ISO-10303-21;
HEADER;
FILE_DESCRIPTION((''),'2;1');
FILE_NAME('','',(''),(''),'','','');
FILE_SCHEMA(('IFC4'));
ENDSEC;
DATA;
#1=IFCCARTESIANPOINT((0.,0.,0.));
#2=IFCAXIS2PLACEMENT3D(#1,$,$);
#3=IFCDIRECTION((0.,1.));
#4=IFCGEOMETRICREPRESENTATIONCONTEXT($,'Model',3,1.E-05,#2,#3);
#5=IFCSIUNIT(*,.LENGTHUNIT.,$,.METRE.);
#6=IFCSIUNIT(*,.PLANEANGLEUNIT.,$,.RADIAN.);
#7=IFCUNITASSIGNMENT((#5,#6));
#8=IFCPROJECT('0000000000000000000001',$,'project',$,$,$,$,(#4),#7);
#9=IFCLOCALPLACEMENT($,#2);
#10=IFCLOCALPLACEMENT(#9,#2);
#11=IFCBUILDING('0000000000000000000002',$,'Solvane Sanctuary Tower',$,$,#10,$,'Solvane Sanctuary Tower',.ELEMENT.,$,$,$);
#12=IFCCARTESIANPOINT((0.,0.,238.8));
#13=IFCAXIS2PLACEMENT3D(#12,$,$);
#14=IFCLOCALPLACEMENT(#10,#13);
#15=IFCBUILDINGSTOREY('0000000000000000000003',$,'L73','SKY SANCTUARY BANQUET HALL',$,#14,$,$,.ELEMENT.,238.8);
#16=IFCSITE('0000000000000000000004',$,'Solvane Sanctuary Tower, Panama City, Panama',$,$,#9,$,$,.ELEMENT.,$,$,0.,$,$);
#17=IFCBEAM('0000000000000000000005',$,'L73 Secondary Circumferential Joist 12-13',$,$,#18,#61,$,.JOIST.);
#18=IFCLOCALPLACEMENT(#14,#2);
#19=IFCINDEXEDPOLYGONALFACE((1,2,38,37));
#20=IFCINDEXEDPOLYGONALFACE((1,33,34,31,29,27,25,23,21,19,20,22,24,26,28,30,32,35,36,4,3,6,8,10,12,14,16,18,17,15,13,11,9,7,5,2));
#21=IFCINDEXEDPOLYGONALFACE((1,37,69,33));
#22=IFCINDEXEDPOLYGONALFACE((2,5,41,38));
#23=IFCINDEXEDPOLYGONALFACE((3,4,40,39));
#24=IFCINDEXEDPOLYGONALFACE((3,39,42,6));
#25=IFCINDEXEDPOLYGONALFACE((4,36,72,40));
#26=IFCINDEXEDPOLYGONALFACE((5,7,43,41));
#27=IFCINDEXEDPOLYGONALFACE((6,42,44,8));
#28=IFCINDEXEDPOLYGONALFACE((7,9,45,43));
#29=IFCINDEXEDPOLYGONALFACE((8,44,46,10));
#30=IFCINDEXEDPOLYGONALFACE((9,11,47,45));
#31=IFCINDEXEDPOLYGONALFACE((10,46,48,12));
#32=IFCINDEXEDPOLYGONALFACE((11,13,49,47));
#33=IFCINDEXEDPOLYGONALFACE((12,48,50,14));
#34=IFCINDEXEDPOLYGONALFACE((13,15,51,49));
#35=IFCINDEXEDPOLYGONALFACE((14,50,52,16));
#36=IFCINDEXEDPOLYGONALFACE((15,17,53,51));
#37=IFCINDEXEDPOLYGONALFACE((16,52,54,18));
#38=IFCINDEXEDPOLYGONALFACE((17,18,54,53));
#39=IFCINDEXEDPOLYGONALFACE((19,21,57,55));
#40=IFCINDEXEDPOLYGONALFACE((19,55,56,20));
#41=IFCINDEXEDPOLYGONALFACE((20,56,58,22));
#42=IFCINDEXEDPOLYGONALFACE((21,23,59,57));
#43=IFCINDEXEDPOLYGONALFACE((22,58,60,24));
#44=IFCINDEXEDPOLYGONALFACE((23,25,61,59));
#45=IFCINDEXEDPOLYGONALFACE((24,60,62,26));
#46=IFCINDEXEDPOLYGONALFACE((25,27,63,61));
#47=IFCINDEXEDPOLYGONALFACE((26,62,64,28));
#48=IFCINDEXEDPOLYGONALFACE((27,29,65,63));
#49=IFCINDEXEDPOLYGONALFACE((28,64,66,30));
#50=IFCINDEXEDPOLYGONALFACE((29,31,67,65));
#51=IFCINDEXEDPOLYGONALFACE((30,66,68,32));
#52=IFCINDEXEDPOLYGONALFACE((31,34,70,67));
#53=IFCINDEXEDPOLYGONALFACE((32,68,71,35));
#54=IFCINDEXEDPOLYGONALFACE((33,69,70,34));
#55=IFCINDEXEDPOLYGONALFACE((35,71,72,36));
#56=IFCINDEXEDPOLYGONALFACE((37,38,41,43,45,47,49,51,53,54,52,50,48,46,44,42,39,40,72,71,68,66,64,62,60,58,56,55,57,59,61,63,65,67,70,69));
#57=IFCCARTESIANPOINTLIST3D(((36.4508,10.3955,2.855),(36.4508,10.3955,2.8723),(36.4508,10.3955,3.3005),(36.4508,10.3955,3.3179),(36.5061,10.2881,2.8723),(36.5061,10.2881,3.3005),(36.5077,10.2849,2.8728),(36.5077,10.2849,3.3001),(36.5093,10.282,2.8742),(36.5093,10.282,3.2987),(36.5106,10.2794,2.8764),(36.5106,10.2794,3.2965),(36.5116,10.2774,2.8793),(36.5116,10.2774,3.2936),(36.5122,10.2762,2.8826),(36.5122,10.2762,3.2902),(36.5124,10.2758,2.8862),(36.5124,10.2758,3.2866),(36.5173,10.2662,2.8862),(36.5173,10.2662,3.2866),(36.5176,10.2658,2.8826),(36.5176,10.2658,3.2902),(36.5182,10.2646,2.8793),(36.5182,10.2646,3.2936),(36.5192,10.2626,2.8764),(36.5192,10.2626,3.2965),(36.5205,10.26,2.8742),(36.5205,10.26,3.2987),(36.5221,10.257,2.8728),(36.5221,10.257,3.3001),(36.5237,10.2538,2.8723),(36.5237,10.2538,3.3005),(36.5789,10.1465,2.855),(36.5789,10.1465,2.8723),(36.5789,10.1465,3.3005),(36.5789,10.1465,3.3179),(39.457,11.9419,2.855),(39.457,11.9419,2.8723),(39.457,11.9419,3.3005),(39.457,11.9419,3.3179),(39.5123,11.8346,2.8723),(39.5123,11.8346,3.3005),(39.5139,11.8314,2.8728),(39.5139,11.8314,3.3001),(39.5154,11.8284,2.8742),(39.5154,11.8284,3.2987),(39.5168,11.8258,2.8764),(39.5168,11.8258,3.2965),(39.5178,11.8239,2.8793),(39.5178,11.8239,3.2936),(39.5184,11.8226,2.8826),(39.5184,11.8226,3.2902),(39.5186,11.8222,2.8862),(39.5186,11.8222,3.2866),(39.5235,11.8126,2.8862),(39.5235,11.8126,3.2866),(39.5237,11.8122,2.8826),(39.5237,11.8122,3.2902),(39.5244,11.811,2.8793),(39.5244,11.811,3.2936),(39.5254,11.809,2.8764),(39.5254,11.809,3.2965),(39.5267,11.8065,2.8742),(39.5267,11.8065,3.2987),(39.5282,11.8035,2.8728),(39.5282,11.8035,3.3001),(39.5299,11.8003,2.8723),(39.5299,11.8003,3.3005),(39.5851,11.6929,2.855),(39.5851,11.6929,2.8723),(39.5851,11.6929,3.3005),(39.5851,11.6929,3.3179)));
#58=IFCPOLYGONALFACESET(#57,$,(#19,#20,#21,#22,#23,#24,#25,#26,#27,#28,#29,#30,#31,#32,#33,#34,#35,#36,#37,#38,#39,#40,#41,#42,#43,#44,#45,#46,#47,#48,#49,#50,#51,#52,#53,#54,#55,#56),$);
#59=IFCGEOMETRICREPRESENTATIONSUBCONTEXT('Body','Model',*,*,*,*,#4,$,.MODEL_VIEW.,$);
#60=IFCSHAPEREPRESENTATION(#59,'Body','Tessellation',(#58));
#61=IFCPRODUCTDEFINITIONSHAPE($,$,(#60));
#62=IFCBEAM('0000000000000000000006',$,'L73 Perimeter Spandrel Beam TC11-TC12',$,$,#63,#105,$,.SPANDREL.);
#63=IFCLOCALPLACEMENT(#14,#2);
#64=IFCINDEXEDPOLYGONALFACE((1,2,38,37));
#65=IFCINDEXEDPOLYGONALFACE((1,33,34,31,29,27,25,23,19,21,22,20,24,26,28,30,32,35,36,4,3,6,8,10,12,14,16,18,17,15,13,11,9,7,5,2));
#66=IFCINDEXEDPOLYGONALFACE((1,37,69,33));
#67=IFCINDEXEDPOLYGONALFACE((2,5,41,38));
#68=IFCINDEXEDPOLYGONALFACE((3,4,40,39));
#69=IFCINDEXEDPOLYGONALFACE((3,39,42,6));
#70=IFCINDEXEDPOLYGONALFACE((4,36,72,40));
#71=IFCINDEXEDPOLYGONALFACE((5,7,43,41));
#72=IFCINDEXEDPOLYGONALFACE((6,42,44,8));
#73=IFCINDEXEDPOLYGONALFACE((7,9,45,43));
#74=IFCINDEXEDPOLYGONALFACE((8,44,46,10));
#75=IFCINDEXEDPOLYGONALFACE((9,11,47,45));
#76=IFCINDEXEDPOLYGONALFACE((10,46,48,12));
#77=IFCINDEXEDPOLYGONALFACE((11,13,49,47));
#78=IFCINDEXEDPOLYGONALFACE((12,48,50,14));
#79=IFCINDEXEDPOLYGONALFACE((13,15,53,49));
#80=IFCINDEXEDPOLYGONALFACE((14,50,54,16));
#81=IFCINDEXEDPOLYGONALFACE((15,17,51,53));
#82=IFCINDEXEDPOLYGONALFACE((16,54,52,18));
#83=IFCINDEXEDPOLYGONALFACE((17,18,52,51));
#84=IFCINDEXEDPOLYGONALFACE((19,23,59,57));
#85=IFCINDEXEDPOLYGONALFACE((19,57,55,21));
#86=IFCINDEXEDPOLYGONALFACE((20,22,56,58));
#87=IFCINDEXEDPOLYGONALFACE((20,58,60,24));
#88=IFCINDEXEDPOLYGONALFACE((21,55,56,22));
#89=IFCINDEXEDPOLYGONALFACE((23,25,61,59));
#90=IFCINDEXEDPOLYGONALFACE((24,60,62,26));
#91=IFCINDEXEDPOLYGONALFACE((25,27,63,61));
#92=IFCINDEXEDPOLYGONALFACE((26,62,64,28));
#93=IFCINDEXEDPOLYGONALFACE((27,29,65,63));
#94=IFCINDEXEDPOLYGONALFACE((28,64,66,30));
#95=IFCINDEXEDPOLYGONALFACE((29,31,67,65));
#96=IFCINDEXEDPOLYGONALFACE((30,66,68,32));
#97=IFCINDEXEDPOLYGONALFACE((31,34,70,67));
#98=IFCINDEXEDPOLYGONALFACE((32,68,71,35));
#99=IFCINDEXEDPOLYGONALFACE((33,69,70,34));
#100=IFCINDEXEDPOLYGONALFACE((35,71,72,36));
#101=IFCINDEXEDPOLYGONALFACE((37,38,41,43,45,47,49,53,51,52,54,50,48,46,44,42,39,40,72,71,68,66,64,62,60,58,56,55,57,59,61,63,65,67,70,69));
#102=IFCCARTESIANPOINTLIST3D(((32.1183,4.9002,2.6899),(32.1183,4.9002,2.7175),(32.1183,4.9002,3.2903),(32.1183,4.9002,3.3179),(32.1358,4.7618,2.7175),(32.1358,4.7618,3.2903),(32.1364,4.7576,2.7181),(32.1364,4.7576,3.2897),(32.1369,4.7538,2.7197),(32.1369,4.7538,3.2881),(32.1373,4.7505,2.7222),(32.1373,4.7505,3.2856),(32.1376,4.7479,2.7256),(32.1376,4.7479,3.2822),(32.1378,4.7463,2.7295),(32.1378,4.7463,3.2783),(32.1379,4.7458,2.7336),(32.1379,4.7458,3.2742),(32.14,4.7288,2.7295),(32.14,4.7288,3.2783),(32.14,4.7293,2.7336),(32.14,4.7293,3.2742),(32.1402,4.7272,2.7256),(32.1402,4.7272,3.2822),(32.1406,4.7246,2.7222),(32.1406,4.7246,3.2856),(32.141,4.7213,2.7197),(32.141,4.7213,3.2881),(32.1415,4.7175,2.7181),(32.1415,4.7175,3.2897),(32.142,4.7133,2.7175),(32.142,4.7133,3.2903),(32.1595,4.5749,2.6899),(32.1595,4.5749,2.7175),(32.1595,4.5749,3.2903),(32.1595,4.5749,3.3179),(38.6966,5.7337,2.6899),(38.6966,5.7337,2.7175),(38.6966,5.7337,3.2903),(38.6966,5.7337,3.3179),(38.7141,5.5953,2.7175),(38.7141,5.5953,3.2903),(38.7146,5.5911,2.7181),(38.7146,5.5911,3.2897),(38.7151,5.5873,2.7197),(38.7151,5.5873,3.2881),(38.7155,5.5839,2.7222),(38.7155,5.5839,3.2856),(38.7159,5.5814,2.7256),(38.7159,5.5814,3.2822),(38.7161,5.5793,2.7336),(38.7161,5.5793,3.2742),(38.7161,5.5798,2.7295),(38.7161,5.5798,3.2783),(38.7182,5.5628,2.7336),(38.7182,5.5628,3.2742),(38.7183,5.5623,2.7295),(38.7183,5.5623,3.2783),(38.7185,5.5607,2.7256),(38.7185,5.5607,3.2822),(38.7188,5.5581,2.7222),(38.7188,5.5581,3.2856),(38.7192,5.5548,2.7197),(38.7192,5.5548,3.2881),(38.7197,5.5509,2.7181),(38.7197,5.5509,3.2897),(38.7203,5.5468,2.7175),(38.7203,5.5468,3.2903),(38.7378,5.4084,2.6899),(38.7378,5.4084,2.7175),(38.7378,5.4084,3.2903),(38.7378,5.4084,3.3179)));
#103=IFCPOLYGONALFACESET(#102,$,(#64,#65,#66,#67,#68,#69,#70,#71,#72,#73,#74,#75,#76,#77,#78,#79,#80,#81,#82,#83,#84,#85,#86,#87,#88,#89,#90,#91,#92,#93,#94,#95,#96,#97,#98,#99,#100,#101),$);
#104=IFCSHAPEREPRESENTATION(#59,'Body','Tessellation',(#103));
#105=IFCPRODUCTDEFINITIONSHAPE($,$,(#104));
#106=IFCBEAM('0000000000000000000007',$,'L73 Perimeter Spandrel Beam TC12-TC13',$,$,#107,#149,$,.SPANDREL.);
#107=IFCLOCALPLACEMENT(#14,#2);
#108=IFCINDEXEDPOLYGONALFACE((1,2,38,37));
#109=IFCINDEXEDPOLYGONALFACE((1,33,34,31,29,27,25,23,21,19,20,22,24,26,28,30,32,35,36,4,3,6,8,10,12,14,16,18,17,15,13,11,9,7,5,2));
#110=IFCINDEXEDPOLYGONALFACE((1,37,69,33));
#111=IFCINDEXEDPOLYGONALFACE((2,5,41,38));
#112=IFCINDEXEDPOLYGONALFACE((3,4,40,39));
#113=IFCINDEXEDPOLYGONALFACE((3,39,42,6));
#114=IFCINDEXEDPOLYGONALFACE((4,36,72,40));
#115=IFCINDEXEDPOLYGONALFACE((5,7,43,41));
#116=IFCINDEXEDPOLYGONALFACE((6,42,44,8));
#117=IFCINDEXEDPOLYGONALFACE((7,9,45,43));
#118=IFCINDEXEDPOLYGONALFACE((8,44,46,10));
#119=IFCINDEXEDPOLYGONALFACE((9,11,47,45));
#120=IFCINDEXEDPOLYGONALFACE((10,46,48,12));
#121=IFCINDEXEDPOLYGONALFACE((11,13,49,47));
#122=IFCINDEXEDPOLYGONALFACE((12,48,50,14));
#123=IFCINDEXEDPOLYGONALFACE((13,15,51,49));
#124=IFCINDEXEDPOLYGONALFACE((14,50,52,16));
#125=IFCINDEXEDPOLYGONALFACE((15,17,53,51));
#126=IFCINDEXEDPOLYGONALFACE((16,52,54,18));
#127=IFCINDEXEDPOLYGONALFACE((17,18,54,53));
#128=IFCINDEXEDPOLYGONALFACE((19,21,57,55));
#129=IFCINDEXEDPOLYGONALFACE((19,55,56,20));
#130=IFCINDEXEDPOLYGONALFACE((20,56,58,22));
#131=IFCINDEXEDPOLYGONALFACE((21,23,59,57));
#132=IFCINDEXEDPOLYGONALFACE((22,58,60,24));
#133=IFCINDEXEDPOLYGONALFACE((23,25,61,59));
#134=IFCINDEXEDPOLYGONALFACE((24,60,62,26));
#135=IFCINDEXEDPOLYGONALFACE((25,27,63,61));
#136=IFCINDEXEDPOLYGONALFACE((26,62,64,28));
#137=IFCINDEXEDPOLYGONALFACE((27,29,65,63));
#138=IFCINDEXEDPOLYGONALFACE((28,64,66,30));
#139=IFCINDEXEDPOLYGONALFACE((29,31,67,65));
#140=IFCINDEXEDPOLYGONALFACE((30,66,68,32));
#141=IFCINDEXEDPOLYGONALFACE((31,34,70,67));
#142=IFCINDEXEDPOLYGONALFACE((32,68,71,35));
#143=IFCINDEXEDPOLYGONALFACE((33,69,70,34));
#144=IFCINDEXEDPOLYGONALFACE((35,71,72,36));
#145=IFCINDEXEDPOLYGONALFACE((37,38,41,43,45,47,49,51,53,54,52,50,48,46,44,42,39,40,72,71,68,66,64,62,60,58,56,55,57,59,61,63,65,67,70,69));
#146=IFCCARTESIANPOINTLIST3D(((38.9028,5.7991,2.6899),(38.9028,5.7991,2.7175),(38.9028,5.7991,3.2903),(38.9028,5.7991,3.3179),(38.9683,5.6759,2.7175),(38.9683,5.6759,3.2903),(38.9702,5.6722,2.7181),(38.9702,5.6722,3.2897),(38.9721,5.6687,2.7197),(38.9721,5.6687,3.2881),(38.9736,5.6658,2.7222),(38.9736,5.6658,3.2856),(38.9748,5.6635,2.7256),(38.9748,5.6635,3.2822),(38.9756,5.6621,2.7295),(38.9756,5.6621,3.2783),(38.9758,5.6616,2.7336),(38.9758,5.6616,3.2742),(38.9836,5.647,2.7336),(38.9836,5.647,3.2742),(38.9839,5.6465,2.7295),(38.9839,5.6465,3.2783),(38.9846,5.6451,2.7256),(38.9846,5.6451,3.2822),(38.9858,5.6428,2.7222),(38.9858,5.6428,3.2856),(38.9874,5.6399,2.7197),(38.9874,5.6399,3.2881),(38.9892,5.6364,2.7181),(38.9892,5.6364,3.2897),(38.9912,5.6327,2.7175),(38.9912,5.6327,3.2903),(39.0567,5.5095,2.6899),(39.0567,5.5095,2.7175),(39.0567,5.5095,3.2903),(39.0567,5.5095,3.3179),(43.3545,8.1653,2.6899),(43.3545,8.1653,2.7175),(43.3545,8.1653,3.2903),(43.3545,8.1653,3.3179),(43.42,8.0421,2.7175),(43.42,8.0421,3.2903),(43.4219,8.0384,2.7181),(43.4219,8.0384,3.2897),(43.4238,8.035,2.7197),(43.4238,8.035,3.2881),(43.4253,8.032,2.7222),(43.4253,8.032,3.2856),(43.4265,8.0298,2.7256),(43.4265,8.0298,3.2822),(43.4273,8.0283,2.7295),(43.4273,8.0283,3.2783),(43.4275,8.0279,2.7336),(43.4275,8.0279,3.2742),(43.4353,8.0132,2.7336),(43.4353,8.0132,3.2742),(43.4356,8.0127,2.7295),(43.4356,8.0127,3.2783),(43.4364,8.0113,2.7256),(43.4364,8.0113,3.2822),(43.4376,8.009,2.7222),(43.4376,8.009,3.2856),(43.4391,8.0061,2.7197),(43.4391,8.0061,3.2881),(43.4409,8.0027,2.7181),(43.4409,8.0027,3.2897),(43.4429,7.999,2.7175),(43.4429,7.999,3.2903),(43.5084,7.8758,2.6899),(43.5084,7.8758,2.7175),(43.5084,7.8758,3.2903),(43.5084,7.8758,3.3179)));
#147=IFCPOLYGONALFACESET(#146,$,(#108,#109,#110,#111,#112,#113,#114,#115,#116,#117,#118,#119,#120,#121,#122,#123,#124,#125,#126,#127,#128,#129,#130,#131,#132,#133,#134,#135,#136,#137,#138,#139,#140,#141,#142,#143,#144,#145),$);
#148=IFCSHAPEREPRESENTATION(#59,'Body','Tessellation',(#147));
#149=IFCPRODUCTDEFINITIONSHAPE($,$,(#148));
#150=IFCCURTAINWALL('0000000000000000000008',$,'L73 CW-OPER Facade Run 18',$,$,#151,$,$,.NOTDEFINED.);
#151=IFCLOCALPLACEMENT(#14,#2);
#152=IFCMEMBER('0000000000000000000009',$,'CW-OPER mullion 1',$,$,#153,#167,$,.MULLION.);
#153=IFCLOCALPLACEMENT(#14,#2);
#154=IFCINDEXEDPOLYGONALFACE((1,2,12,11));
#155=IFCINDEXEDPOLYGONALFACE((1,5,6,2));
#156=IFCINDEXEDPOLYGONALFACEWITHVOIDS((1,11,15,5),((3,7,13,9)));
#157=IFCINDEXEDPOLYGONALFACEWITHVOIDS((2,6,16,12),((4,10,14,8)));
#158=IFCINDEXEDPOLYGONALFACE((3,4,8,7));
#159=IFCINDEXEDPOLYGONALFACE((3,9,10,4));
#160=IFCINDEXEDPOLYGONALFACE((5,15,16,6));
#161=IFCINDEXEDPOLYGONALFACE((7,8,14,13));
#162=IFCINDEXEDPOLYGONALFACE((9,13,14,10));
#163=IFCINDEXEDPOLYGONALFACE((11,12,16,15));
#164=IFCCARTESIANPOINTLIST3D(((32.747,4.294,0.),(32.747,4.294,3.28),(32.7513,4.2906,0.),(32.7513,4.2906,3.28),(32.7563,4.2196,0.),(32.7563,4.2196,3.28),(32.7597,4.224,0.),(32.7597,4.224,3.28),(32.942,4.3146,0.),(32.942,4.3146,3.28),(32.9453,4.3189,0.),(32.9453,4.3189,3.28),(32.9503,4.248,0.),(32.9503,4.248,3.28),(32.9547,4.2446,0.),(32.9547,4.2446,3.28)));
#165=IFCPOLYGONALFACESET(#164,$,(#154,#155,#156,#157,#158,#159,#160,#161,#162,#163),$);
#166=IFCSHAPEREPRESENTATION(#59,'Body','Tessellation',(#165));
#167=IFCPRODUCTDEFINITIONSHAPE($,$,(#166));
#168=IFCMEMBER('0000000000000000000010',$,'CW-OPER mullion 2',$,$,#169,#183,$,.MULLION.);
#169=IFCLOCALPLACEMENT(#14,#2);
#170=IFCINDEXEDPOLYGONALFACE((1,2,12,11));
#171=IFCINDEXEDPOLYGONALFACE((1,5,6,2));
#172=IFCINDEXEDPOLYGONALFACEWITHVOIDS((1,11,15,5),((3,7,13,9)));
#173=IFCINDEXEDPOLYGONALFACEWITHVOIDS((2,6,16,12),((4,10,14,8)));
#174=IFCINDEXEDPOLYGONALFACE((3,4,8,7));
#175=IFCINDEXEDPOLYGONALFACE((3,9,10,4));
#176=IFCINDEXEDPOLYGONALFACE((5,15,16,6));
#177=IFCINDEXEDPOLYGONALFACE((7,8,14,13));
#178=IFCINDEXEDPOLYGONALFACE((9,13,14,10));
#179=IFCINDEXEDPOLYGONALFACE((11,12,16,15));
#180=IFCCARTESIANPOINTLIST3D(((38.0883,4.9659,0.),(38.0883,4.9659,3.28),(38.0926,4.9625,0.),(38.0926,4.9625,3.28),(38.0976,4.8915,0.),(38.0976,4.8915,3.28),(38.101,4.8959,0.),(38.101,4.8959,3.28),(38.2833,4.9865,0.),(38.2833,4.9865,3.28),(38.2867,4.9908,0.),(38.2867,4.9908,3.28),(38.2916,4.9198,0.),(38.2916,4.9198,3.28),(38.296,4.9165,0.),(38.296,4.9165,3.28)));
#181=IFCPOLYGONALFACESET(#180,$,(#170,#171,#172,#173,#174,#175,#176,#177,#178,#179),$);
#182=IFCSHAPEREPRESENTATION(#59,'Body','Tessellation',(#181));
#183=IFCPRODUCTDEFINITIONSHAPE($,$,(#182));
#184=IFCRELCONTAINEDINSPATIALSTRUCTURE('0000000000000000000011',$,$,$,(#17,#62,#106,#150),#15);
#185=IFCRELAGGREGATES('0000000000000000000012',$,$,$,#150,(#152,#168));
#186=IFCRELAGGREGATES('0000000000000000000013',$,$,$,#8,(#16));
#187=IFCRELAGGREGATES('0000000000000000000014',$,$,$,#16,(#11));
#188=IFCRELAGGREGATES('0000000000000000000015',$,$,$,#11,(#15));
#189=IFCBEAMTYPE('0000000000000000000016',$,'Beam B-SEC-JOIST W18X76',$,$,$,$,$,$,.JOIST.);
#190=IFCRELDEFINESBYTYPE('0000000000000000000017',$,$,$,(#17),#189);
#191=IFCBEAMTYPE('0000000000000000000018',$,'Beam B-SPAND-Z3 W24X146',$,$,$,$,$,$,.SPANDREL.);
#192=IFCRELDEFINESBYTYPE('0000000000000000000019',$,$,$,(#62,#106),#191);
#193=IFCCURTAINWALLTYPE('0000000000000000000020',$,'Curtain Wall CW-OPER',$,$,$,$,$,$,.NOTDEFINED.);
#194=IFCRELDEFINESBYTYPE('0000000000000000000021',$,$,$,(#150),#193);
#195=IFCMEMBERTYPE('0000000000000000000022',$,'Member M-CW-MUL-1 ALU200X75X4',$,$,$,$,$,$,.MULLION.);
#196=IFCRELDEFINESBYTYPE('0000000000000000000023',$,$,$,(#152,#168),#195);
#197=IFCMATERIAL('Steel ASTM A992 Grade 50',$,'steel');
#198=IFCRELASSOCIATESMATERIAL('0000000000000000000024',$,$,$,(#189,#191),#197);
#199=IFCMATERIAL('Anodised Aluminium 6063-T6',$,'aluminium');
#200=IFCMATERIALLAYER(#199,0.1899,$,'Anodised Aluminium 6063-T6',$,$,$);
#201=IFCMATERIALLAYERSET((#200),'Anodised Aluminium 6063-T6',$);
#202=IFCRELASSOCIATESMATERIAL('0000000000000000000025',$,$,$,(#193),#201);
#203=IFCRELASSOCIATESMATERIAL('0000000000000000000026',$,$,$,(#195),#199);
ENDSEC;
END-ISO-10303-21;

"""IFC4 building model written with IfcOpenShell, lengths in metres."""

from ifc_helpers import new_model, si_unit, direction, frame, origin, origin_2d, place, context, subcontext, project, spatial, hollow_rectangle, i_section, extrude, material, layer, layer_set, material_profile, profile_set, type_object, element, aggregate, save


model = new_model("IFC4")

# Units and contexts
model_context = context("Model", 3, precision=1e-05, world=origin(), true_north=direction((0.0, 1.0)))
body_context = subcontext(model_context, "Body", "Model", "MODEL_VIEW")
ifc_project = project(units=[si_unit("LENGTHUNIT", "METRE"), si_unit("PLANEANGLEUNIT", "RADIAN")], contexts=[model_context])

# Site, building, storey
site_placement = place(None, origin())
site = spatial("IfcSite", under=ifc_project, at=site_placement, Name="Solvane Sanctuary Tower, Panama City, Panama", CompositionType="ELEMENT", RefElevation=0.0)
building_placement = place(site_placement, origin())
building = spatial("IfcBuilding", under=site, at=building_placement, Name="Solvane Sanctuary Tower", LongName="Solvane Sanctuary Tower", CompositionType="ELEMENT")
storey_placement = place(building_placement, frame((0.0, 0.0, 238.8)))
storey = spatial("IfcBuildingStorey", under=building, at=storey_placement, Name="L73", Description="SKY SANCTUARY BANQUET HALL", CompositionType="ELEMENT", Elevation=238.8)

# Beams
ifc_material_1 = material(Name="Steel ASTM A992 Grade 50", Category="steel")
ifc_material_profile_1 = material_profile(ifc_material_1, i_section(OverallWidth=0.28, OverallDepth=0.4629, WebThickness=0.0107, FlangeThickness=0.0173, FilletRadius=0.0139, at=origin_2d()), Name="W18X76")
ifc_profile_set_1 = profile_set([ifc_material_profile_1], Name="Steel ASTM A992 Grade 50")
beam_type_1 = type_object("IfcBeamType", Name="Beam B-SEC-JOIST W18X76", PredefinedType="JOIST", material=ifc_profile_set_1)
beam_1_placement = place(storey_placement, frame((36.5149, 10.271, 3.0864), z_axis=(0.889241, 0.457439, 0.0), x_axis=(-0.457439, 0.889241, 0.0)))
element("IfcBeam", 1, at=beam_1_placement, inside=storey, type_object=beam_type_1, Name="L73 Secondary Circumferential Joist 12-13", PredefinedType="JOIST", context=body_context, shape_type="SweptSolid", body=[
    extrude(i_section(OverallWidth=0.28, OverallDepth=0.4629, WebThickness=0.0107, FlangeThickness=0.0173, FilletRadius=0.0139, at=origin_2d()), origin(), (0.0, 0.0, 1.0), 3.3806),
])
ifc_material_profile_2 = material_profile(ifc_material_1, i_section(OverallWidth=0.3279, OverallDepth=0.6279, WebThickness=0.0166, FlangeThickness=0.0276, FilletRadius=0.0161, at=origin_2d()), Name="W24X146")
ifc_profile_set_2 = profile_set([ifc_material_profile_2], Name="Steel ASTM A992 Grade 50")
beam_type_2 = type_object("IfcBeamType", Name="Beam B-SPAND-Z3 W24X146", PredefinedType="SPANDREL", material=ifc_profile_set_2)
beam_2_placement = place(storey_placement, frame((32.1389, 4.7375, 3.0039), z_axis=(0.992069, 0.125698, 0.0), x_axis=(-0.125698, 0.992069, 0.0)))
element("IfcBeam", 2, at=beam_2_placement, inside=storey, type_object=beam_type_2, Name="L73 Perimeter Spandrel Beam TC11-TC12", PredefinedType="SPANDREL", context=body_context, shape_type="SweptSolid", body=[
    extrude(i_section(OverallWidth=0.3279, OverallDepth=0.6279, WebThickness=0.0166, FlangeThickness=0.0276, FilletRadius=0.0161, at=origin_2d()), origin(), (0.0, 0.0, 1.0), 6.6309),
])
beam_3_placement = place(storey_placement, frame((38.9797, 5.6543, 3.0039), z_axis=(0.883012, 0.469351, 0.0), x_axis=(-0.469351, 0.883012, 0.0)))
element("IfcBeam", 3, at=beam_3_placement, inside=storey, type_object=beam_type_2, Name="L73 Perimeter Spandrel Beam TC12-TC13", PredefinedType="SPANDREL", context=body_context, shape_type="SweptSolid", body=[
    extrude(i_section(OverallWidth=0.3279, OverallDepth=0.6279, WebThickness=0.0166, FlangeThickness=0.0276, FilletRadius=0.0161, at=origin_2d()), origin(), (0.0, 0.0, 1.0), 5.0415),
])

# Curtain wall, members
ifc_material_2 = material(Name="Anodised Aluminium 6063-T6", Category="aluminium")
ifc_layer_1 = layer(ifc_material_2, 0.1899, Name="Anodised Aluminium 6063-T6")
ifc_layer_set_1 = layer_set([ifc_layer_1], Name="Anodised Aluminium 6063-T6")
curtain_wall_type = type_object("IfcCurtainWallType", Name="Curtain Wall CW-OPER", PredefinedType="NOTDEFINED", material=ifc_layer_set_1)
curtain_wall_placement = place(storey_placement, origin())
curtain_wall = element("IfcCurtainWall", 4, at=curtain_wall_placement, inside=storey, type_object=curtain_wall_type, Name="L73 CW-OPER Facade Run 18", PredefinedType="NOTDEFINED")
ifc_material_profile_3 = material_profile(ifc_material_2, hollow_rectangle(XDim=0.075, YDim=0.2, WallThickness=0.0039, at=origin_2d()), Name="ALU200X75X4")
ifc_profile_set_3 = profile_set([ifc_material_profile_3], Name="Anodised Aluminium 6063-T6")
member_type_1 = type_object("IfcMemberType", Name="Member M-CW-MUL-1 ALU200X75X4", PredefinedType="MULLION", material=ifc_profile_set_3)
member_1_placement = place(storey_placement, frame((32.8508, 4.2693, 0.0), z_axis=(0.0, 0.0, 1.0), x_axis=(-0.124815, 0.99218, 0.0)))
member_1 = element("IfcMember", 5, at=member_1_placement, type_object=member_type_1, Name="CW-OPER mullion 1", PredefinedType="MULLION", context=body_context, shape_type="SweptSolid", body=[
    extrude(hollow_rectangle(XDim=0.075, YDim=0.2, WallThickness=0.0039, at=origin_2d()), origin(), (0.0, 0.0, 1.0), 3.28),
])
member_2_placement = place(storey_placement, frame((38.1921, 4.9412, 0.0), z_axis=(0.0, 0.0, 1.0), x_axis=(-0.124815, 0.99218, 0.0)))
member_2 = element("IfcMember", 6, at=member_2_placement, type_object=member_type_1, Name="CW-OPER mullion 2", PredefinedType="MULLION", context=body_context, shape_type="SweptSolid", body=[
    extrude(hollow_rectangle(XDim=0.075, YDim=0.2, WallThickness=0.0039, at=origin_2d()), origin(), (0.0, 0.0, 1.0), 3.28),
])
aggregate(curtain_wall, [member_1, member_2])

save(model, "model.ifc")
